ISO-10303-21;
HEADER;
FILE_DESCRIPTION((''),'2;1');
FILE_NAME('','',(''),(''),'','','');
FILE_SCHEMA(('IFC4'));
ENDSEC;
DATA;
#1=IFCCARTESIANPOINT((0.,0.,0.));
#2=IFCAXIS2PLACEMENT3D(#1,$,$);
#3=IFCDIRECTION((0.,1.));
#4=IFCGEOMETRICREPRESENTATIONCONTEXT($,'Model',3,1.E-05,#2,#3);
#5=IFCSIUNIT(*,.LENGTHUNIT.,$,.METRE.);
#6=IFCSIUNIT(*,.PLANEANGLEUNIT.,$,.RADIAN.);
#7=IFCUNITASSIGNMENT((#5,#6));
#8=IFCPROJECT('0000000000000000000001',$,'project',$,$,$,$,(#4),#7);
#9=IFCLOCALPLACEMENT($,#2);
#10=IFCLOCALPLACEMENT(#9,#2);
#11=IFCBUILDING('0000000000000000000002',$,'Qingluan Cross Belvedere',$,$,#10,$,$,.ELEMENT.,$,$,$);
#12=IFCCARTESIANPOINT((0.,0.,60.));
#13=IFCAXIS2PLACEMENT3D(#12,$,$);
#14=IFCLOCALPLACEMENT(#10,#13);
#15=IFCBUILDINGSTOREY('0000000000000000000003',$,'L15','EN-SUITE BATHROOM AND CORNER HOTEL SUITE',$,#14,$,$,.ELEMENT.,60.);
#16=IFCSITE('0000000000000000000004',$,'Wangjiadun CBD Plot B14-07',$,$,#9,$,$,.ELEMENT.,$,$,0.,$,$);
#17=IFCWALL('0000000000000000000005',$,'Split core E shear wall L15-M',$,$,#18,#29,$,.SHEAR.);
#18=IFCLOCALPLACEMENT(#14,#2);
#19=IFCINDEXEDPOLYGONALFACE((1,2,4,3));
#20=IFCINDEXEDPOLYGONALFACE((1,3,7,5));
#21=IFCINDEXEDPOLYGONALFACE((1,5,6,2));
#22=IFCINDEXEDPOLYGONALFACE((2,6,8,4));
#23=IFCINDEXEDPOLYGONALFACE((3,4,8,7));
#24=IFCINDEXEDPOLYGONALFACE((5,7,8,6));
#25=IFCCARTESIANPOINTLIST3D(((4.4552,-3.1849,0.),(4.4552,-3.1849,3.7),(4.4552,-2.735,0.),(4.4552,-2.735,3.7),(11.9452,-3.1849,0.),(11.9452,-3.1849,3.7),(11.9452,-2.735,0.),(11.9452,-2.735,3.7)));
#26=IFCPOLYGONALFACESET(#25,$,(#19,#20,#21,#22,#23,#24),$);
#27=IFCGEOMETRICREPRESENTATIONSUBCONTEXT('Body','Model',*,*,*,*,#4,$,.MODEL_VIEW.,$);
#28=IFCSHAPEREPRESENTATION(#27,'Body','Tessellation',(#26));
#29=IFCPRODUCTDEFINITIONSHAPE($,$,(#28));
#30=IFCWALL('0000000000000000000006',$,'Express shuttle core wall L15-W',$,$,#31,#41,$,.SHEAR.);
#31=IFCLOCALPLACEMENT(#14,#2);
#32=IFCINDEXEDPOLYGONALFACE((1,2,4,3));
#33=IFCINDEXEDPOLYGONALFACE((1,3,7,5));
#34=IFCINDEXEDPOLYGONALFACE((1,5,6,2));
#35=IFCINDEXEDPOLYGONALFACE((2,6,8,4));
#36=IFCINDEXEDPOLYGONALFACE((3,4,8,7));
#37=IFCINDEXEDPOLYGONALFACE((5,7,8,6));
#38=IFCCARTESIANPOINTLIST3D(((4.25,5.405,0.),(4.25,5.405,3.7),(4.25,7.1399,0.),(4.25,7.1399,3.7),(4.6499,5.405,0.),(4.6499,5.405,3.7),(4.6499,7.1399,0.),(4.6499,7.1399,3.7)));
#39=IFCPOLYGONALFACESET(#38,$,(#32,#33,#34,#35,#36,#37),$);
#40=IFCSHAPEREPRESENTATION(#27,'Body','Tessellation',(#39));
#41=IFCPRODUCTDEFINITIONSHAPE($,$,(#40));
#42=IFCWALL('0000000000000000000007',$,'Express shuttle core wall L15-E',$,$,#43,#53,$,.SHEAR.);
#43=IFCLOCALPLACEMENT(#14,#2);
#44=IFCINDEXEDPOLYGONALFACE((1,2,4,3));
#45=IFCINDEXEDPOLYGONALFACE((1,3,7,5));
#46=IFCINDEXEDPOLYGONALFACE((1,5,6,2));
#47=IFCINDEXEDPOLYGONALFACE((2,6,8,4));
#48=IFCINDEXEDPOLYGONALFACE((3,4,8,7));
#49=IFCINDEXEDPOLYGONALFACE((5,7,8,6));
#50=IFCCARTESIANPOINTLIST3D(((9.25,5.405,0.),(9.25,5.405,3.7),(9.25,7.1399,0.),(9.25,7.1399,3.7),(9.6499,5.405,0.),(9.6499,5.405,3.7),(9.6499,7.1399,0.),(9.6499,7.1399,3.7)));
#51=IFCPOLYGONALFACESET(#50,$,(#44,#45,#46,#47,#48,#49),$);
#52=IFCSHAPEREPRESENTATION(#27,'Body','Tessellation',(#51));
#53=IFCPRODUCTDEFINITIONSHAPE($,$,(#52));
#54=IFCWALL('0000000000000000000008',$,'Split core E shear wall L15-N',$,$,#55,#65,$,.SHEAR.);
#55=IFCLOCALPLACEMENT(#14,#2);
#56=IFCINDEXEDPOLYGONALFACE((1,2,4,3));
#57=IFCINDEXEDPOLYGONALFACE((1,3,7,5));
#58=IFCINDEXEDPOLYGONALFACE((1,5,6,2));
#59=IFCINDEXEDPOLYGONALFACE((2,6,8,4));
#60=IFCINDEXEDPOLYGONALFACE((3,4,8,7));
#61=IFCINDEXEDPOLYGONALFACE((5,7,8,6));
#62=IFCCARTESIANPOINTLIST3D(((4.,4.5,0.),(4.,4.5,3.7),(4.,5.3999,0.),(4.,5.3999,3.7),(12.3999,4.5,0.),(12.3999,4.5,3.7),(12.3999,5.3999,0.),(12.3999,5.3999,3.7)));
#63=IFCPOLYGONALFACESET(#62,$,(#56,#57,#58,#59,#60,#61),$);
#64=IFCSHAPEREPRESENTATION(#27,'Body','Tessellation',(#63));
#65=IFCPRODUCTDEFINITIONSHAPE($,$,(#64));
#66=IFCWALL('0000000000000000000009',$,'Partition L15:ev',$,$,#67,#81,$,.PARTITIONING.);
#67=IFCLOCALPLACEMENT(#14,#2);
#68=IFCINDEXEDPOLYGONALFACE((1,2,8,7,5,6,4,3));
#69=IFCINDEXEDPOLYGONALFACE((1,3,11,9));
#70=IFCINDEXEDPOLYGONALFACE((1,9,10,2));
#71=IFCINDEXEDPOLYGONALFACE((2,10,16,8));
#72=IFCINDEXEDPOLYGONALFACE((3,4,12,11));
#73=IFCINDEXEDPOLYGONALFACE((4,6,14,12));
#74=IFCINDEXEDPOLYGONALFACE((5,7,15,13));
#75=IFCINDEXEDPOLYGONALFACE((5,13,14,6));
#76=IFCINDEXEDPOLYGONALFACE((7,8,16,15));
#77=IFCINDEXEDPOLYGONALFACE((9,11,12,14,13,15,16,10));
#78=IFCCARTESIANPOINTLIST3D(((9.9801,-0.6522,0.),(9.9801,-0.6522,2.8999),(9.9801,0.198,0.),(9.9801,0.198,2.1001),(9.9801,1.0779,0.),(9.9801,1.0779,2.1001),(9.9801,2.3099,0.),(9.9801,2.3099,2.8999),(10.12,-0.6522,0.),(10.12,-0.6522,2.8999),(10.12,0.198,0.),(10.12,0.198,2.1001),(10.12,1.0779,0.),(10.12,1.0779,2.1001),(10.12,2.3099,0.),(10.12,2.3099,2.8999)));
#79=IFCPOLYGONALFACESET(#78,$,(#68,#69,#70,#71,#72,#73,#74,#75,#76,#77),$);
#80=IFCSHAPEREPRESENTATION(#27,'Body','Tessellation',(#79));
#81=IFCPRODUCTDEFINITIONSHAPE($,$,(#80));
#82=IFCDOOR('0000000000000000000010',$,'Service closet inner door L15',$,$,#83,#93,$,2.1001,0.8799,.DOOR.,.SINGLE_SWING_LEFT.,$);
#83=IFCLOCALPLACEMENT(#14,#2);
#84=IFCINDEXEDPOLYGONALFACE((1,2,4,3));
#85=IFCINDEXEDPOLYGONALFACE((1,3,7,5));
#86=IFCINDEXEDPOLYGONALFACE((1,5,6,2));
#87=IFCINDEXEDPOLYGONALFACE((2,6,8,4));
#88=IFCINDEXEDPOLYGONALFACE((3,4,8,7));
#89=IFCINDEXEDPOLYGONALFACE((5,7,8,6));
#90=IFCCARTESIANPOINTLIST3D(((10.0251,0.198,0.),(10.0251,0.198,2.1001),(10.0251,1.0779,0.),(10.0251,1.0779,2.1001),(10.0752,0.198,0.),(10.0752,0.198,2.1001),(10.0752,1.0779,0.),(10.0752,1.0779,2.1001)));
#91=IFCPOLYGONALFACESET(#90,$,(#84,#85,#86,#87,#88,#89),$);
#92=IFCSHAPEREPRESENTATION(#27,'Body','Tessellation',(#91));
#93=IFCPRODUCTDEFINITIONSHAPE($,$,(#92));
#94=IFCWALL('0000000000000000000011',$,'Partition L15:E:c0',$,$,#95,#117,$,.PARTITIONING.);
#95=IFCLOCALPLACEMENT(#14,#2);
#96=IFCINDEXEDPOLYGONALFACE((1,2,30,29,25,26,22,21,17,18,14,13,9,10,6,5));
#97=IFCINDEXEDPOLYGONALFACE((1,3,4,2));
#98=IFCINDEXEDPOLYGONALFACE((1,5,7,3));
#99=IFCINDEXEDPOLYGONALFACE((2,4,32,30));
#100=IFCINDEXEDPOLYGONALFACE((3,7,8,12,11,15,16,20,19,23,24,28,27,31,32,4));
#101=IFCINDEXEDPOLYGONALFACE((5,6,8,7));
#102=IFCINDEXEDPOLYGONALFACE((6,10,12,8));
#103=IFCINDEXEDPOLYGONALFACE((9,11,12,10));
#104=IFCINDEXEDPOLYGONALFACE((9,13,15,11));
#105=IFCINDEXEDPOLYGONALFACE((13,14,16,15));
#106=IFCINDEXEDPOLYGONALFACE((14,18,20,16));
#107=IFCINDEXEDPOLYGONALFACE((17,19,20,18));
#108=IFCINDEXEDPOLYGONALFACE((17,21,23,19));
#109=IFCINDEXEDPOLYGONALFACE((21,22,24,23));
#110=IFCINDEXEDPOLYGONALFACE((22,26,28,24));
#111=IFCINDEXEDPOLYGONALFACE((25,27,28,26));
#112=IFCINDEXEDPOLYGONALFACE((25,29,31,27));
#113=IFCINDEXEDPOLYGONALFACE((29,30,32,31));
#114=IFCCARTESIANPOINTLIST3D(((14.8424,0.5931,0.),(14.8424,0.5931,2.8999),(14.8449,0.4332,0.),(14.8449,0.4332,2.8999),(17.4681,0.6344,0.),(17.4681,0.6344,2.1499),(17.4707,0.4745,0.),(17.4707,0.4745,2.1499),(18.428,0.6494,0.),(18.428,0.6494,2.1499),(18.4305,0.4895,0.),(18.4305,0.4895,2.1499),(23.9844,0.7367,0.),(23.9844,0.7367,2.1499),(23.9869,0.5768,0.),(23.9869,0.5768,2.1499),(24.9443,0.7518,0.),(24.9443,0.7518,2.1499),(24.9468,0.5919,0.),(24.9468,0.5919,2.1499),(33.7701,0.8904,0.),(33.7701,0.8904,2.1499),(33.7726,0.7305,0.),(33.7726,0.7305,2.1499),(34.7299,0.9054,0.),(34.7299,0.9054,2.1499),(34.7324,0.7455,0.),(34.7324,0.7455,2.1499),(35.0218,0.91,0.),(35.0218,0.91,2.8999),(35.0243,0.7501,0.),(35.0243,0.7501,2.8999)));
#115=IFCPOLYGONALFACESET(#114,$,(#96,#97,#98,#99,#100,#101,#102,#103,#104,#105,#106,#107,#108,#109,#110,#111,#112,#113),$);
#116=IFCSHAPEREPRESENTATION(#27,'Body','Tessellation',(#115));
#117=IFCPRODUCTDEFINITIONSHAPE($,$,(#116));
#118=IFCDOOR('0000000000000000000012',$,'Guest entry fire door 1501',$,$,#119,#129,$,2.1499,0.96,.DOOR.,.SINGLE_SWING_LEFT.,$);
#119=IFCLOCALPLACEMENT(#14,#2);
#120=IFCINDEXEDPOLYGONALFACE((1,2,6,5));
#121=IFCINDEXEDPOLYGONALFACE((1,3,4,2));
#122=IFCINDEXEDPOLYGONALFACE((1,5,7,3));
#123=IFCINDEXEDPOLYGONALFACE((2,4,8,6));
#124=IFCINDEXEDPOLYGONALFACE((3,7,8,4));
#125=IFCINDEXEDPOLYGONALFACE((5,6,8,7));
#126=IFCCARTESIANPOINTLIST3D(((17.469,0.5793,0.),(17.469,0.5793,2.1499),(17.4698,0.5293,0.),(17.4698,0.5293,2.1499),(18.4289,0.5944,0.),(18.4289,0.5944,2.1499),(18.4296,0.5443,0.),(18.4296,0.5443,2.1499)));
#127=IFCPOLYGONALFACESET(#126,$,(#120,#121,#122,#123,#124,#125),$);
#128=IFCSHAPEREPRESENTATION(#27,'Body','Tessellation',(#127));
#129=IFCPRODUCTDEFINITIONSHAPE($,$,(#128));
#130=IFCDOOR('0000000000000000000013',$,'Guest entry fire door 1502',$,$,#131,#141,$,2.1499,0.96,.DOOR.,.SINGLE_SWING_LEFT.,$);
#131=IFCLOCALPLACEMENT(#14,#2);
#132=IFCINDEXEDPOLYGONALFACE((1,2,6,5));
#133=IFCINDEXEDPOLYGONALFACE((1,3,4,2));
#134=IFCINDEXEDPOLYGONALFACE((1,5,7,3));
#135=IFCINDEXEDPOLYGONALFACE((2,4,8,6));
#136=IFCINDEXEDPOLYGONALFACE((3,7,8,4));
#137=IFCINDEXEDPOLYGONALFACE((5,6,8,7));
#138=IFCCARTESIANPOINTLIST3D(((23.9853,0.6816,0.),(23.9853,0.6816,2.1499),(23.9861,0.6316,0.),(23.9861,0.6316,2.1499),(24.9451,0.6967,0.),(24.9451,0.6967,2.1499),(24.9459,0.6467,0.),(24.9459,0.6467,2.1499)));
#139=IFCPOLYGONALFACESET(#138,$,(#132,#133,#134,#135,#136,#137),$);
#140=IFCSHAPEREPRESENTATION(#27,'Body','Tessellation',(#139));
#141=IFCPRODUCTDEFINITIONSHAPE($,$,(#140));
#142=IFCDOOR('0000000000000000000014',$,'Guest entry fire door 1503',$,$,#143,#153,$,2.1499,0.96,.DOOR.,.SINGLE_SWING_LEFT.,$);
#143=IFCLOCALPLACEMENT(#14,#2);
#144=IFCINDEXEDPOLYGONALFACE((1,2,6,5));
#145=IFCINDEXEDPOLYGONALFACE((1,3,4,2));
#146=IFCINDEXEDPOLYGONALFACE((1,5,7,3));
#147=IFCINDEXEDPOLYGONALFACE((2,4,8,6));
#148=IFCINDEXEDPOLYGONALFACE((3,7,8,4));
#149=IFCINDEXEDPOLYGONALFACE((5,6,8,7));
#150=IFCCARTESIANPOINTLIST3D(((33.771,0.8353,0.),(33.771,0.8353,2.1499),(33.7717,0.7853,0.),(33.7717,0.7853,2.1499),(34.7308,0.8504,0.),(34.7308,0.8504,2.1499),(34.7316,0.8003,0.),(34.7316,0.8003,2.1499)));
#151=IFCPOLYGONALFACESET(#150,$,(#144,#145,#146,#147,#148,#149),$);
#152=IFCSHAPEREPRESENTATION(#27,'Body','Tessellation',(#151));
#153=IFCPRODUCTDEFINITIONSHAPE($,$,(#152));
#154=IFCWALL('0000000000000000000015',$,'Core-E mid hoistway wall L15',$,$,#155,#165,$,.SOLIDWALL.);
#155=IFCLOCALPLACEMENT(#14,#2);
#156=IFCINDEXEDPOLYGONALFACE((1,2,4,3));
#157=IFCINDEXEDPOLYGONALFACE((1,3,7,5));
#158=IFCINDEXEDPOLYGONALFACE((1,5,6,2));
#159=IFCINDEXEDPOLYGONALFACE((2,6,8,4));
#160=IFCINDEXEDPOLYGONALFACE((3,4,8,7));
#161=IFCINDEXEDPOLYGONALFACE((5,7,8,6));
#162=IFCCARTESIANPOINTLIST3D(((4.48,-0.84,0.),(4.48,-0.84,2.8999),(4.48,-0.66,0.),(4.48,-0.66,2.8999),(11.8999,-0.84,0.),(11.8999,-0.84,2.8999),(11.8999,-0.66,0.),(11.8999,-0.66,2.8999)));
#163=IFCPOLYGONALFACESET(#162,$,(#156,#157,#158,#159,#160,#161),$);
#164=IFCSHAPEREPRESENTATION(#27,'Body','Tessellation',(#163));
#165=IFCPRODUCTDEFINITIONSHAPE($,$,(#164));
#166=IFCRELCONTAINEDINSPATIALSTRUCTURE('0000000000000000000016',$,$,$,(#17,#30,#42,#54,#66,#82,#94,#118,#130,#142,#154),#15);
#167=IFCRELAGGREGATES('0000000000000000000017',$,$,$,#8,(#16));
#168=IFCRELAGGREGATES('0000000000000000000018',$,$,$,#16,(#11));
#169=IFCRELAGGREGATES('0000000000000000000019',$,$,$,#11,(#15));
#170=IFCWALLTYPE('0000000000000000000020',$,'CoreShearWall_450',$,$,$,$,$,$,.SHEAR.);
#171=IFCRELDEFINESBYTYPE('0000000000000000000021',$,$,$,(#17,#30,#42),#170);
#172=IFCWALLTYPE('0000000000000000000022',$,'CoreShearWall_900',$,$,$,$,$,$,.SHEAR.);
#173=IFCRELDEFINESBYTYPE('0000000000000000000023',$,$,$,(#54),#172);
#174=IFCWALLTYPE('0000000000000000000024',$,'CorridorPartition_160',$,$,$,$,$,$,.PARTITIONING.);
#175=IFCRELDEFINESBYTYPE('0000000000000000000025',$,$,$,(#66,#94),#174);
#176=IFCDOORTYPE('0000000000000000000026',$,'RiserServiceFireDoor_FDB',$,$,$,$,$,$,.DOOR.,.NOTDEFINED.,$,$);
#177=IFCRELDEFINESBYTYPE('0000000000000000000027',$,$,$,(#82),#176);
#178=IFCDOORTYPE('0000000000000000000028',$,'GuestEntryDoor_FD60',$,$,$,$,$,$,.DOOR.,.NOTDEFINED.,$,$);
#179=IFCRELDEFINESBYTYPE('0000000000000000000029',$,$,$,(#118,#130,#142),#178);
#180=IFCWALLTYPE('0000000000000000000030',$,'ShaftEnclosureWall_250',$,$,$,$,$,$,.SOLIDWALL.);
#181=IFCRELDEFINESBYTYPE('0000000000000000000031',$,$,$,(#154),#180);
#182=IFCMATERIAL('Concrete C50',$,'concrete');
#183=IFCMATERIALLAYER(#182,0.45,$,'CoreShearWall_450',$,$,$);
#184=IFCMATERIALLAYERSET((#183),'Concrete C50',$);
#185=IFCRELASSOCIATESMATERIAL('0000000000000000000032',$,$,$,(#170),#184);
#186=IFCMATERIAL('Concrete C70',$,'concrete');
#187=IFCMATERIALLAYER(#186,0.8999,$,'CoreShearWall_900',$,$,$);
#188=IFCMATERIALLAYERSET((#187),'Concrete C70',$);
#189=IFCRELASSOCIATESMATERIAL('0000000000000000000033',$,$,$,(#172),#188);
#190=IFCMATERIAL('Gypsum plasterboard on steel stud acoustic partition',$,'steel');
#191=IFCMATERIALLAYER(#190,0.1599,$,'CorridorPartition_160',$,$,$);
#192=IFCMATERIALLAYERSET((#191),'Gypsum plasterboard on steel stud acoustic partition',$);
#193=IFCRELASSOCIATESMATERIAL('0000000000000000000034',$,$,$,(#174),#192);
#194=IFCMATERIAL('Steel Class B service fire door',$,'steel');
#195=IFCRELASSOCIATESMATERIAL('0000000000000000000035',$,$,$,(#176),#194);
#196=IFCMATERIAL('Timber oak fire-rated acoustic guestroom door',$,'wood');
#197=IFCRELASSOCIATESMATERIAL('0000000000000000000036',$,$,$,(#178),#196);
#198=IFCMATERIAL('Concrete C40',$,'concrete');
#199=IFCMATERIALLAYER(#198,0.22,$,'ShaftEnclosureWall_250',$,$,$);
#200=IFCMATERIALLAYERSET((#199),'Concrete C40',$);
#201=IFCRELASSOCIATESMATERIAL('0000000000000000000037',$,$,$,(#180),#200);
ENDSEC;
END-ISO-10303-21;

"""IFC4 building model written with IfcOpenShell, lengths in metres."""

from ifc_helpers import new_model, si_unit, direction, frame, frame_2d, origin, place, context, subcontext, project, spatial, rectangle, extrude, material, layer, layer_set, type_object, element, fill, save


model = new_model("IFC4")

# Units and contexts
model_context = context("Model", 3, precision=1e-05, world=origin(), true_north=direction((0.0, 1.0)))
body_context = subcontext(model_context, "Body", "Model", "MODEL_VIEW")
ifc_project = project(units=[si_unit("LENGTHUNIT", "METRE"), si_unit("PLANEANGLEUNIT", "RADIAN")], contexts=[model_context])

# Site, building, storey
site_placement = place(None, origin())
site = spatial("IfcSite", under=ifc_project, at=site_placement, Name="Wangjiadun CBD Plot B14-07", CompositionType="ELEMENT", RefElevation=0.0)
building_placement = place(site_placement, origin())
building = spatial("IfcBuilding", under=site, at=building_placement, Name="Qingluan Cross Belvedere", CompositionType="ELEMENT")
storey_placement = place(building_placement, frame((0.0, 0.0, 60.0)))
storey = spatial("IfcBuildingStorey", under=building, at=storey_placement, Name="L15", Description="EN-SUITE BATHROOM AND CORNER HOTEL SUITE", CompositionType="ELEMENT", Elevation=60.0)

# Walls
ifc_material_1 = material(Name="Concrete C50", Category="concrete")
ifc_layer_1 = layer(ifc_material_1, 0.45, Name="CoreShearWall_450")
ifc_layer_set_1 = layer_set([ifc_layer_1], Name="Concrete C50")
wall_type_1 = type_object("IfcWallType", Name="CoreShearWall_450", PredefinedType="SHEAR", material=ifc_layer_set_1)
wall_1_placement = place(storey_placement, frame((4.4551, -2.96, 0.0), z_axis=(0.0, 0.0, 1.0), x_axis=(1.0, 0.0, 0.0)))
element("IfcWall", 1, at=wall_1_placement, inside=storey, type_object=wall_type_1, Name="Split core E shear wall L15-M", PredefinedType="SHEAR", context=body_context, shape_type="SweptSolid", body=[
    extrude(rectangle(XDim=7.49, YDim=0.45, at=frame_2d((3.7451, 0.0))), origin(), (0.0, 0.0, 1.0), 3.7),
])
for number, where, z_axis, x_axis, name in (
    (2, (4.45, 5.405, 0.0), (0.0, 0.0, 1.0), (0.0, 1.0, 0.0), "Express shuttle core wall L15-W"),
    (3, (9.45, 5.405, 0.0), (0.0, 0.0, 1.0), (0.0, 1.0, 0.0), "Express shuttle core wall L15-E"),
):
    element("IfcWall", number, at=place(storey_placement, frame(where, z_axis=z_axis, x_axis=x_axis)), inside=storey, type_object=wall_type_1, Name=name, PredefinedType="SHEAR", context=body_context, shape_type="SweptSolid", body=[
        extrude(rectangle(XDim=1.7349, YDim=0.3999, at=frame_2d((0.8674, 0.0))), origin(), (0.0, 0.0, 1.0), 3.7),
    ])
ifc_material_2 = material(Name="Concrete C70", Category="concrete")
ifc_layer_2 = layer(ifc_material_2, 0.8999, Name="CoreShearWall_900")
ifc_layer_set_2 = layer_set([ifc_layer_2], Name="Concrete C70")
wall_type_2 = type_object("IfcWallType", Name="CoreShearWall_900", PredefinedType="SHEAR", material=ifc_layer_set_2)
wall_2_placement = place(storey_placement, frame((4.0, 4.95, 0.0), z_axis=(0.0, 0.0, 1.0), x_axis=(1.0, 0.0, 0.0)))
element("IfcWall", 4, at=wall_2_placement, inside=storey, type_object=wall_type_2, Name="Split core E shear wall L15-N", PredefinedType="SHEAR", context=body_context, shape_type="SweptSolid", body=[
    extrude(rectangle(XDim=8.3999, YDim=0.8999, at=frame_2d((4.2, 0.0))), origin(), (0.0, 0.0, 1.0), 3.7),
])

# Wall, opening, door
ifc_material_3 = material(Name="Gypsum plasterboard on steel stud acoustic partition", Category="steel")
ifc_layer_3 = layer(ifc_material_3, 0.1599, Name="CorridorPartition_160")
ifc_layer_set_3 = layer_set([ifc_layer_3], Name="Gypsum plasterboard on steel stud acoustic partition")
wall_type_3 = type_object("IfcWallType", Name="CorridorPartition_160", PredefinedType="PARTITIONING", material=ifc_layer_set_3)
wall_3_placement = place(storey_placement, frame((10.05, -0.6521, 0.0), z_axis=(0.0, 0.0, 1.0), x_axis=(0.0, 1.0, 0.0)))
wall_3 = element("IfcWall", 5, at=wall_3_placement, inside=storey, type_object=wall_type_3, Name="Partition L15:ev", PredefinedType="PARTITIONING", context=body_context, shape_type="SweptSolid", body=[
    extrude(rectangle(XDim=2.9622, YDim=0.1399, at=frame_2d((1.481, 0.0))), origin(), (0.0, 0.0, 1.0), 2.8999),
])
opening_1_placement = place(wall_3_placement, frame((0.8501, 0.0, 0.0)))
opening_1 = element("IfcOpeningElement", 6, at=opening_1_placement, cuts=wall_3, PredefinedType="OPENING", context=body_context, shape_type="SweptSolid", body=[
    extrude(rectangle(XDim=0.8799, YDim=2.1001, at=frame_2d((0.4399, 1.05))), frame((0.0, 0.0798, 0.0), z_axis=(0.0, -1.0, 0.0), x_axis=(1.0, 0.0, 0.0)), (0.0, 0.0, 1.0), 0.1599),
])
ifc_material_4 = material(Name="Steel Class B service fire door", Category="steel")
door_type_1 = type_object("IfcDoorType", Name="RiserServiceFireDoor_FDB", OperationType="NOTDEFINED", PredefinedType="DOOR", material=ifc_material_4)
door_1_placement = place(opening_1_placement, origin())
door_1 = element("IfcDoor", 7, at=door_1_placement, inside=storey, type_object=door_type_1, Name="Service closet inner door L15", OperationType="SINGLE_SWING_LEFT", OverallHeight=2.1001, OverallWidth=0.8799, PredefinedType="DOOR", context=body_context, shape_type="SweptSolid", body=[
    extrude(rectangle(XDim=0.8799, YDim=2.1001, at=frame_2d((0.4399, 1.05))), frame((0.0, 0.0249, 0.0), z_axis=(0.0, -1.0, 0.0), x_axis=(1.0, 0.0, 0.0)), (0.0, 0.0, 1.0), 0.05),
])
fill(opening_1, door_1)

# Wall, openings, doors
wall_4_placement = place(storey_placement, frame((14.8438, 0.5132, 0.0), z_axis=(0.0, 0.0, 1.0), x_axis=(0.999877, 0.015702, 0.0)))
wall_4 = element("IfcWall", 8, at=wall_4_placement, inside=storey, type_object=wall_type_3, Name="Partition L15:E:c0", PredefinedType="PARTITIONING", context=body_context, shape_type="SweptSolid", body=[
    extrude(rectangle(XDim=20.1819, YDim=0.1599, at=frame_2d((10.0908, 0.0))), origin(), (0.0, 0.0, 1.0), 2.8999),
])
opening_2_placement = place(wall_4_placement, frame((2.626, 0.0, 0.0)))
opening_2 = element("IfcOpeningElement", 9, at=opening_2_placement, cuts=wall_4, PredefinedType="OPENING", context=body_context, shape_type="SweptSolid", body=[
    extrude(rectangle(XDim=0.96, YDim=2.1499, at=frame_2d((0.48, 1.075))), frame((0.0, 0.0898, 0.0), z_axis=(0.0, -1.0, 0.0), x_axis=(1.0, 0.0, 0.0)), (0.0, 0.0, 1.0), 0.1799),
])
opening_3_placement = place(wall_4_placement, frame((9.1431, 0.0, 0.0)))
opening_3 = element("IfcOpeningElement", 10, at=opening_3_placement, cuts=wall_4, PredefinedType="OPENING", context=body_context, shape_type="SweptSolid", body=[
    extrude(rectangle(XDim=0.96, YDim=2.1499, at=frame_2d((0.48, 1.075))), frame((0.0, 0.0898, 0.0), z_axis=(0.0, -1.0, 0.0), x_axis=(1.0, 0.0, 0.0)), (0.0, 0.0, 1.0), 0.1799),
])
opening_4_placement = place(wall_4_placement, frame((18.9299, 0.0, 0.0)))
opening_4 = element("IfcOpeningElement", 11, at=opening_4_placement, cuts=wall_4, PredefinedType="OPENING", context=body_context, shape_type="SweptSolid", body=[
    extrude(rectangle(XDim=0.96, YDim=2.1499, at=frame_2d((0.48, 1.075))), frame((0.0, 0.0898, 0.0), z_axis=(0.0, -1.0, 0.0), x_axis=(1.0, 0.0, 0.0)), (0.0, 0.0, 1.0), 0.1799),
])
ifc_material_5 = material(Name="Timber oak fire-rated acoustic guestroom door", Category="wood")
door_type_2 = type_object("IfcDoorType", Name="GuestEntryDoor_FD60", OperationType="NOTDEFINED", PredefinedType="DOOR", material=ifc_material_5)
door_2_placement = place(opening_2_placement, origin())
door_2 = element("IfcDoor", 12, at=door_2_placement, inside=storey, type_object=door_type_2, Name="Guest entry fire door 1501", OperationType="SINGLE_SWING_LEFT", OverallHeight=2.1499, OverallWidth=0.96, PredefinedType="DOOR", context=body_context, shape_type="SweptSolid", body=[
    extrude(rectangle(XDim=0.96, YDim=2.1499, at=frame_2d((0.48, 1.075))), frame((0.0, 0.0249, 0.0), z_axis=(0.0, -1.0, 0.0), x_axis=(1.0, 0.0, 0.0)), (0.0, 0.0, 1.0), 0.05),
])
fill(opening_2, door_2)
door_3_placement = place(opening_3_placement, origin())
door_3 = element("IfcDoor", 13, at=door_3_placement, inside=storey, type_object=door_type_2, Name="Guest entry fire door 1502", OperationType="SINGLE_SWING_LEFT", OverallHeight=2.1499, OverallWidth=0.96, PredefinedType="DOOR", context=body_context, shape_type="SweptSolid", body=[
    extrude(rectangle(XDim=0.96, YDim=2.1499, at=frame_2d((0.48, 1.075))), frame((0.0, 0.0249, 0.0), z_axis=(0.0, -1.0, 0.0), x_axis=(1.0, 0.0, 0.0)), (0.0, 0.0, 1.0), 0.05),
])
fill(opening_3, door_3)
door_4_placement = place(opening_4_placement, origin())
door_4 = element("IfcDoor", 14, at=door_4_placement, inside=storey, type_object=door_type_2, Name="Guest entry fire door 1503", OperationType="SINGLE_SWING_LEFT", OverallHeight=2.1499, OverallWidth=0.96, PredefinedType="DOOR", context=body_context, shape_type="SweptSolid", body=[
    extrude(rectangle(XDim=0.96, YDim=2.1499, at=frame_2d((0.48, 1.075))), frame((0.0, 0.0249, 0.0), z_axis=(0.0, -1.0, 0.0), x_axis=(1.0, 0.0, 0.0)), (0.0, 0.0, 1.0), 0.05),
])
fill(opening_4, door_4)
ifc_material_6 = material(Name="Concrete C40", Category="concrete")
ifc_layer_4 = layer(ifc_material_6, 0.22, Name="ShaftEnclosureWall_250")
ifc_layer_set_4 = layer_set([ifc_layer_4], Name="Concrete C40")
wall_type_4 = type_object("IfcWallType", Name="ShaftEnclosureWall_250", PredefinedType="SOLIDWALL", material=ifc_layer_set_4)

# Wall
wall_5_placement = place(storey_placement, frame((4.48, -0.75, 0.0), z_axis=(0.0, 0.0, 1.0), x_axis=(1.0, 0.0, 0.0)))
element("IfcWall", 15, at=wall_5_placement, inside=storey, type_object=wall_type_4, Name="Core-E mid hoistway wall L15", PredefinedType="SOLIDWALL", context=body_context, shape_type="SweptSolid", body=[
    extrude(rectangle(XDim=7.4199, YDim=0.1799, at=frame_2d((3.71, 0.0))), origin(), (0.0, 0.0, 1.0), 2.8999),
])

save(model, "model.ifc")
